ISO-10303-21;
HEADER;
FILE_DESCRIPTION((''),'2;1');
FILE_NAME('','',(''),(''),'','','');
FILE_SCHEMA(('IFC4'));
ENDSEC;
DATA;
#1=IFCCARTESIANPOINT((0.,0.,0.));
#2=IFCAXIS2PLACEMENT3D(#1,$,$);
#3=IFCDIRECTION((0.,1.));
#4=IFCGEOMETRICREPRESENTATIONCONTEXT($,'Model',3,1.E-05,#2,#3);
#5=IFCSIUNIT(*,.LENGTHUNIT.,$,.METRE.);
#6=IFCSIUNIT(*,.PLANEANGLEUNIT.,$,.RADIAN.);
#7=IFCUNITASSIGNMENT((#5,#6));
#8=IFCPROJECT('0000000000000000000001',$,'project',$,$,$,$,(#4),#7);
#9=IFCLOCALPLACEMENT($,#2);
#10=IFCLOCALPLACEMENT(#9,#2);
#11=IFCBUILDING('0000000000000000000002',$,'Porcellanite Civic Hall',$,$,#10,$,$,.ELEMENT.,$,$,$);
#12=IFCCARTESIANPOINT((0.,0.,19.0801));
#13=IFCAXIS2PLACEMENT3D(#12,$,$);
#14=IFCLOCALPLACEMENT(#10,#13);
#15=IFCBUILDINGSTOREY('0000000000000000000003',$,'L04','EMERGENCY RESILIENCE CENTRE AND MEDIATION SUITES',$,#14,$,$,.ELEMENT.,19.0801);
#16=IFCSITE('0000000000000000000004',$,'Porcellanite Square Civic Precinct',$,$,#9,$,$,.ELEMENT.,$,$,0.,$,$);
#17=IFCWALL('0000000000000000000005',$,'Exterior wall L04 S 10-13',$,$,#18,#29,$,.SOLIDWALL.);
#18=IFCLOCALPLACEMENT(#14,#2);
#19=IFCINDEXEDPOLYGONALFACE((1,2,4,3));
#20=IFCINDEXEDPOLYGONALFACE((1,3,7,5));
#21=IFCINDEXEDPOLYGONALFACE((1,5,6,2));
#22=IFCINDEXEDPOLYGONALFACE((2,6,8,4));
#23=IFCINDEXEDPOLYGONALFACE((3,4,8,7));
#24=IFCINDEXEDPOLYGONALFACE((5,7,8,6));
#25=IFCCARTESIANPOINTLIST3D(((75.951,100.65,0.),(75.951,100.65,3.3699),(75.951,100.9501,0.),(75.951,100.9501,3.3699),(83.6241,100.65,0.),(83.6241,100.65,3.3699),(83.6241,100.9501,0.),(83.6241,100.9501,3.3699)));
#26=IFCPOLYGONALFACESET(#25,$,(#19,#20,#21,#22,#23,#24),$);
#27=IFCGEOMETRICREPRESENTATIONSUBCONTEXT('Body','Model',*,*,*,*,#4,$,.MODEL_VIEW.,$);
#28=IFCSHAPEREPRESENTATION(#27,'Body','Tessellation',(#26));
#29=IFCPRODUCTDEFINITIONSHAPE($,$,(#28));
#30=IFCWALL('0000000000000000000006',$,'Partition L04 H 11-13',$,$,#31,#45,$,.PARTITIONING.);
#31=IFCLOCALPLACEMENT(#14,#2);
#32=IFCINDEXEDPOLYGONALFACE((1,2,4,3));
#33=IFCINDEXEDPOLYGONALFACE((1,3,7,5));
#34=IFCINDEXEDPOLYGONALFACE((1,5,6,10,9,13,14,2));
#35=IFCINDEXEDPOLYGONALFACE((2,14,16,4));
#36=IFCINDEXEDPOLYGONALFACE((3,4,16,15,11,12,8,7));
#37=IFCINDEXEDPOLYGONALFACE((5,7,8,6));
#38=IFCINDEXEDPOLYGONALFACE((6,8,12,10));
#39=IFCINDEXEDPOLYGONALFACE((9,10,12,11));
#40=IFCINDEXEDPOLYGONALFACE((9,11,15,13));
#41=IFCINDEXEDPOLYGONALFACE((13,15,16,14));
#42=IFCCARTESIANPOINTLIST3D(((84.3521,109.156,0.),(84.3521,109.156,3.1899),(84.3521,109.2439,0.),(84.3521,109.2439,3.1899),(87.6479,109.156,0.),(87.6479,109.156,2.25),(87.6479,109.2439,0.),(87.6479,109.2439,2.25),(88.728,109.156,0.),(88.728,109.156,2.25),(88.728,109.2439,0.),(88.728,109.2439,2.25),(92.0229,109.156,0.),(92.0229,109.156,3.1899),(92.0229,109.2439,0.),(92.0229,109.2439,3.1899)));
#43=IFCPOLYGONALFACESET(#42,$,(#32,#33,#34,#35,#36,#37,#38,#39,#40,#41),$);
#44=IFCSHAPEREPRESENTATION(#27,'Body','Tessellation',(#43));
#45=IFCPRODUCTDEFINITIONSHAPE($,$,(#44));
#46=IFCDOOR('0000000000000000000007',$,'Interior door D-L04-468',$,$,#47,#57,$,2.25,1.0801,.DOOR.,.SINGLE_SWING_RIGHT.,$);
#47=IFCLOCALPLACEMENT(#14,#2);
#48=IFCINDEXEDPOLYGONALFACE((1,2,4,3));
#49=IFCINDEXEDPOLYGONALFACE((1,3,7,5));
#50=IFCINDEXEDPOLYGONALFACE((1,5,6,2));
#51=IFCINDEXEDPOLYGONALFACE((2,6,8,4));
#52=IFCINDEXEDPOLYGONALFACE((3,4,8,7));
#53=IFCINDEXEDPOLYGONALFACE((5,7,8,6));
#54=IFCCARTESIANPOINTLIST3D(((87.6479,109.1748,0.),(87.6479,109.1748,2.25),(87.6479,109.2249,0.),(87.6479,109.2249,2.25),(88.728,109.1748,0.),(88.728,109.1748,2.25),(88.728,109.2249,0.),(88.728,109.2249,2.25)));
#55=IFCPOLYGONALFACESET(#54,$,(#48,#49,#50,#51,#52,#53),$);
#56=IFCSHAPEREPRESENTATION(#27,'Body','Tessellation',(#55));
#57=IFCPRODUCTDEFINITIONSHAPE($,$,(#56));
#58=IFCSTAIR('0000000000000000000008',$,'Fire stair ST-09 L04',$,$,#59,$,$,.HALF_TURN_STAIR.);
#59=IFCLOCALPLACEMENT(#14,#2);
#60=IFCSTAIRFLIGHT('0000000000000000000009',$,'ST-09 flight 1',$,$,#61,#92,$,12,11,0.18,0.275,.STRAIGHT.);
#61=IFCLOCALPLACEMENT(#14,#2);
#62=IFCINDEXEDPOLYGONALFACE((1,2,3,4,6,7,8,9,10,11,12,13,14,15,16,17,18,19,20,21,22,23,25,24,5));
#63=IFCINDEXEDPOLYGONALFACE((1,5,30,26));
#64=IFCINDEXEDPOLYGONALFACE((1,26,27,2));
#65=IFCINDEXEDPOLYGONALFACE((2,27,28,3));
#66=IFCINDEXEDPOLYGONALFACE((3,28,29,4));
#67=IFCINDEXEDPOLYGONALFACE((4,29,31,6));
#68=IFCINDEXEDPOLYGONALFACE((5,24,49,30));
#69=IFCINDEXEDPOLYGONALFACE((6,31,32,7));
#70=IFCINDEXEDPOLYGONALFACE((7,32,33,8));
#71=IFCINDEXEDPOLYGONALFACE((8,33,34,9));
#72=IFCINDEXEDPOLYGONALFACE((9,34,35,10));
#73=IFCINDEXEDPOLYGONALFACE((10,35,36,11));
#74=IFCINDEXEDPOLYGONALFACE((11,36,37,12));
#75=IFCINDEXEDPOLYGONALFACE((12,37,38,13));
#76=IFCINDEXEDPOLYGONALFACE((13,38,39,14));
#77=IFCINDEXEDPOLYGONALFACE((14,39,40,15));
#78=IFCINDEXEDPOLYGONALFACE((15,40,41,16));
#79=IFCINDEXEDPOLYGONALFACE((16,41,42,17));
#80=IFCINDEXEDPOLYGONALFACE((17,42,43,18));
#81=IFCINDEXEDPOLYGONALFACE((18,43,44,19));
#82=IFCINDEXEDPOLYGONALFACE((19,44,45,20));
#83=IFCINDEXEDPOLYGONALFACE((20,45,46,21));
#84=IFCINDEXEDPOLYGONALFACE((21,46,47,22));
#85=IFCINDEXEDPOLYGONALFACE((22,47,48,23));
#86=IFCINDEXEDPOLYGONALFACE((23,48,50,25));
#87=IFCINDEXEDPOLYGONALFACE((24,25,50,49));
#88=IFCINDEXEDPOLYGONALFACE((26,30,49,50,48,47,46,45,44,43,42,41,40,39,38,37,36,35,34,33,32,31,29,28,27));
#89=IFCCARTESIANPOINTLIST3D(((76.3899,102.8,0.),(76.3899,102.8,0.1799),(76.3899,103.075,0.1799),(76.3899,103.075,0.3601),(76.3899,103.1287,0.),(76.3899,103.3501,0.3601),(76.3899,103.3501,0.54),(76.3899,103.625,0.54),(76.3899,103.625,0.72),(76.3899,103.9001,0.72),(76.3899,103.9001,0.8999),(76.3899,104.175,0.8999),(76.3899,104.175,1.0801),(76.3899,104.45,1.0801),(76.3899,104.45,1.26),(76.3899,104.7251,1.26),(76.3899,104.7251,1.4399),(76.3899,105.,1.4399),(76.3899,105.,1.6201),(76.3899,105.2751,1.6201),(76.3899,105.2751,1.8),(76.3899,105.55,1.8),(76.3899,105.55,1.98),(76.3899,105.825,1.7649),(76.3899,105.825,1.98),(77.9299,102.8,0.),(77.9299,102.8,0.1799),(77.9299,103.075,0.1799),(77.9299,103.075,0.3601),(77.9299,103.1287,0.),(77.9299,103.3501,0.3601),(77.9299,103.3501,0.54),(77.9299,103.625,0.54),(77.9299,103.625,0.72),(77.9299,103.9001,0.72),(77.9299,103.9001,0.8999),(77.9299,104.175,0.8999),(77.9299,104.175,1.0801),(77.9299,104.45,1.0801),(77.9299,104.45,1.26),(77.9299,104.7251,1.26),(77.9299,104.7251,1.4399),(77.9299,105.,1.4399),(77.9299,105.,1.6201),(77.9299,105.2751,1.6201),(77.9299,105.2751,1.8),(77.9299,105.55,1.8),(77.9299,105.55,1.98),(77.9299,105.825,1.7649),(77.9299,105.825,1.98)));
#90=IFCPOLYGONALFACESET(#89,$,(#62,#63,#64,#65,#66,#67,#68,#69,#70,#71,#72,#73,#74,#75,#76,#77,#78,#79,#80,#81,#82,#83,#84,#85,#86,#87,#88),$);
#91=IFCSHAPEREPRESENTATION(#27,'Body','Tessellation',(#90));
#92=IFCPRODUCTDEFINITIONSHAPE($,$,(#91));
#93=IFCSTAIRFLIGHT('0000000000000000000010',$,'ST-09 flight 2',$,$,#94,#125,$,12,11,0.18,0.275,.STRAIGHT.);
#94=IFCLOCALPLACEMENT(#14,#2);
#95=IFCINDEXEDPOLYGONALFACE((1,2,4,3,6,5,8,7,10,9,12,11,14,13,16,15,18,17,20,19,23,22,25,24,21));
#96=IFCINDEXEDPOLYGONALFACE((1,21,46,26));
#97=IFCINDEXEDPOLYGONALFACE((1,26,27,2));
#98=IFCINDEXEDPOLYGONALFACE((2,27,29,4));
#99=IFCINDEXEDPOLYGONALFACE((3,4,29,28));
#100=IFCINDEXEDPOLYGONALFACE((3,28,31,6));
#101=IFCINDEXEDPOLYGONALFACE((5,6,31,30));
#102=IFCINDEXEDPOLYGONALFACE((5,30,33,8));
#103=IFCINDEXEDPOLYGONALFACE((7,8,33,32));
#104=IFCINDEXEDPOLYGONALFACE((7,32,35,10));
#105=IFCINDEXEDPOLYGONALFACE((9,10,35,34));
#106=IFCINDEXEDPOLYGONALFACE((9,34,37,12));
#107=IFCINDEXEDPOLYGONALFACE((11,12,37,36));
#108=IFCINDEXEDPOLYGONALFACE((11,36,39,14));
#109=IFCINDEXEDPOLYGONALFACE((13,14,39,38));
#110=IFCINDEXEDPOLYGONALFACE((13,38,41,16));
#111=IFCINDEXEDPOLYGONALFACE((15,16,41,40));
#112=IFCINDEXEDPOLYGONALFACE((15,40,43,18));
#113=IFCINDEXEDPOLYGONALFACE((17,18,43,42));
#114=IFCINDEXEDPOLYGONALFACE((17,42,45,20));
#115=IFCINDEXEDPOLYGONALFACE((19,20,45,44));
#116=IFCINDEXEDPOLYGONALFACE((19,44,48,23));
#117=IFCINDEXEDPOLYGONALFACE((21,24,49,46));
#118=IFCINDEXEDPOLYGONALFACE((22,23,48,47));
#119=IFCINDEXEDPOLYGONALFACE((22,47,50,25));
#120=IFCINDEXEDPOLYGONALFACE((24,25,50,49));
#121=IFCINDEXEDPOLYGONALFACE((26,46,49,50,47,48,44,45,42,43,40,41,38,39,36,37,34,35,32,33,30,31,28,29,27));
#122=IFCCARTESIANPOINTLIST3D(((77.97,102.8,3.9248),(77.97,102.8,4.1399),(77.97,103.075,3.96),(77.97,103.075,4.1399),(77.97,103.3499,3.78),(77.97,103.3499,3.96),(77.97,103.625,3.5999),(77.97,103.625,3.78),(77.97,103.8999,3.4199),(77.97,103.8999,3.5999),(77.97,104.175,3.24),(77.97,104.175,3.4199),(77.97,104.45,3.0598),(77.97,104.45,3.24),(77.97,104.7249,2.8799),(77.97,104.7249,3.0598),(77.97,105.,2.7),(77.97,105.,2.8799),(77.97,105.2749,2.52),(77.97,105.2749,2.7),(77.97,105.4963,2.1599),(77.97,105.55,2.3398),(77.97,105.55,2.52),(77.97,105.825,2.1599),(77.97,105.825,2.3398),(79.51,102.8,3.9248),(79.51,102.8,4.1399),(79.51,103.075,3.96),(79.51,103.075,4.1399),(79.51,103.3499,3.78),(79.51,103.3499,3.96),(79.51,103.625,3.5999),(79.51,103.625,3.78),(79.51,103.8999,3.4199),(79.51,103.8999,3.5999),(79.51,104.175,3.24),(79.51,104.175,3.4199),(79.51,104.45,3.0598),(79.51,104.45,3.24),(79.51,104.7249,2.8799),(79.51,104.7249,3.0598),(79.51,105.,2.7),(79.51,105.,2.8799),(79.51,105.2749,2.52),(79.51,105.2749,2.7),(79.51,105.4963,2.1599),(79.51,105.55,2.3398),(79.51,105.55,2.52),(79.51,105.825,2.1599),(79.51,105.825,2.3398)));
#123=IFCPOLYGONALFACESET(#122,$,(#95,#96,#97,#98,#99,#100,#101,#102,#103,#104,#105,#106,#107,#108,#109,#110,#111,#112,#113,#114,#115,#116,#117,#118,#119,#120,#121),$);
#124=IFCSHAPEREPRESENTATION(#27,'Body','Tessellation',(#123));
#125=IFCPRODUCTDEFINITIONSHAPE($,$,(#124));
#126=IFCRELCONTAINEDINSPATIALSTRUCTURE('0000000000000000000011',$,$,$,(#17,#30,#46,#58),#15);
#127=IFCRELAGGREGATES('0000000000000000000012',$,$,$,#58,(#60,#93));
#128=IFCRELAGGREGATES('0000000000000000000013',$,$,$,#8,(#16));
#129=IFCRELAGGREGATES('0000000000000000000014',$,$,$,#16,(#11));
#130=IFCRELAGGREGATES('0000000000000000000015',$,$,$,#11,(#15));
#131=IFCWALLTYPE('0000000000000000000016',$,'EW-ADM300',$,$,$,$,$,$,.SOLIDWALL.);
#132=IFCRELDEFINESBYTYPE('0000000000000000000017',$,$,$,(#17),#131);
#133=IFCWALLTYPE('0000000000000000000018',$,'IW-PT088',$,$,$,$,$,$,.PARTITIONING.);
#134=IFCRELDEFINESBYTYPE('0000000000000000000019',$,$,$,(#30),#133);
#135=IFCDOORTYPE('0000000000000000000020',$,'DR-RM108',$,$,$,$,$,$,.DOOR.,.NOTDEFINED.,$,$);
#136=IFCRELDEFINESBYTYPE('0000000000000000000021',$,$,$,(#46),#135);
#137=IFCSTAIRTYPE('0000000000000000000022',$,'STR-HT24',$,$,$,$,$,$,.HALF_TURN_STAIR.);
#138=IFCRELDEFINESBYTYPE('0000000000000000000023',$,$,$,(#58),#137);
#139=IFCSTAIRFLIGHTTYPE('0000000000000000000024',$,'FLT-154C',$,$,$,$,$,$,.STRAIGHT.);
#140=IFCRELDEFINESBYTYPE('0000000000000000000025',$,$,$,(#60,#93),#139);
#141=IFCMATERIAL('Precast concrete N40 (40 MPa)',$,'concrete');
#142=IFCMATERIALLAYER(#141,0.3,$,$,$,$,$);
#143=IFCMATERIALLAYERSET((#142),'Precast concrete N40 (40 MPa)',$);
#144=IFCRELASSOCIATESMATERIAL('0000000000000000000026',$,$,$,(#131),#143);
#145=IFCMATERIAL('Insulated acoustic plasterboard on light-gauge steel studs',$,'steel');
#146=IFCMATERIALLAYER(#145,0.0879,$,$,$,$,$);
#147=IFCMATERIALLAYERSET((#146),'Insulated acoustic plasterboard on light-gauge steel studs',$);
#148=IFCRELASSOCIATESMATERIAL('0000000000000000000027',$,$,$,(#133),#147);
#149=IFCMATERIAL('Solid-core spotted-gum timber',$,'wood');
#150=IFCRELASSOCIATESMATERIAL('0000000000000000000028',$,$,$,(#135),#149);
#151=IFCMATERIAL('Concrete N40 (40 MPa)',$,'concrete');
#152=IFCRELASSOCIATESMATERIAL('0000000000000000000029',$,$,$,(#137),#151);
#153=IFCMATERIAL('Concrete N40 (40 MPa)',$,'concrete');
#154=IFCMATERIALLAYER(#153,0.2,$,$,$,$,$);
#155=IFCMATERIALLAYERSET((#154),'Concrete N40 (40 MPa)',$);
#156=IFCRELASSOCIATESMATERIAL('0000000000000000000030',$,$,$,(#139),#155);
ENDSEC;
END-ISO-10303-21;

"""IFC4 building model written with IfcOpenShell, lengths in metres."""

from ifc_helpers import new_model, si_unit, direction, frame, frame_2d, origin, place, context, subcontext, project, spatial, polyline, rectangle, outline, extrude, material, layer, layer_set, type_object, element, fill, aggregate, save


model = new_model("IFC4")

# Units and contexts
model_context = context("Model", 3, precision=1e-05, world=origin(), true_north=direction((0.0, 1.0)))
body_context = subcontext(model_context, "Body", "Model", "MODEL_VIEW")
ifc_project = project(units=[si_unit("LENGTHUNIT", "METRE"), si_unit("PLANEANGLEUNIT", "RADIAN")], contexts=[model_context])

# Site, building, storey
site_placement = place(None, origin())
site = spatial("IfcSite", under=ifc_project, at=site_placement, Name="Porcellanite Square Civic Precinct", CompositionType="ELEMENT", RefElevation=0.0)
building_placement = place(site_placement, origin())
building = spatial("IfcBuilding", under=site, at=building_placement, Name="Porcellanite Civic Hall", CompositionType="ELEMENT")
storey_placement = place(building_placement, frame((0.0, 0.0, 19.0801)))
storey = spatial("IfcBuildingStorey", under=building, at=storey_placement, Name="L04", Description="EMERGENCY RESILIENCE CENTRE AND MEDIATION SUITES", CompositionType="ELEMENT", Elevation=19.0801)

# Wall
ifc_material_1 = material(Name="Precast concrete N40 (40 MPa)", Category="concrete")
ifc_layer_1 = layer(ifc_material_1, 0.3)
ifc_layer_set_1 = layer_set([ifc_layer_1], Name="Precast concrete N40 (40 MPa)")
wall_type_1 = type_object("IfcWallType", Name="EW-ADM300", PredefinedType="SOLIDWALL", material=ifc_layer_set_1)
wall_1_placement = place(storey_placement, frame((83.624, 100.8, 0.0), z_axis=(0.0, 0.0, 1.0), x_axis=(-1.0, 0.0, 0.0)))
element("IfcWall", 1, at=wall_1_placement, inside=storey, type_object=wall_type_1, Name="Exterior wall L04 S 10-13", PredefinedType="SOLIDWALL", context=body_context, shape_type="SweptSolid", body=[
    extrude(rectangle(XDim=7.6731, YDim=0.3, at=frame_2d((3.8364, 0.0))), origin(), (0.0, 0.0, 1.0), 3.3699),
])

# Wall, opening, door
ifc_material_2 = material(Name="Insulated acoustic plasterboard on light-gauge steel studs", Category="steel")
ifc_layer_2 = layer(ifc_material_2, 0.0879)
ifc_layer_set_2 = layer_set([ifc_layer_2], Name="Insulated acoustic plasterboard on light-gauge steel studs")
wall_type_2 = type_object("IfcWallType", Name="IW-PT088", PredefinedType="PARTITIONING", material=ifc_layer_set_2)
wall_2_placement = place(storey_placement, frame((84.3521, 109.2, 0.0), z_axis=(0.0, 0.0, 1.0), x_axis=(1.0, 0.0, 0.0)))
wall_2 = element("IfcWall", 2, at=wall_2_placement, inside=storey, type_object=wall_type_2, Name="Partition L04 H 11-13", PredefinedType="PARTITIONING", context=body_context, shape_type="SweptSolid", body=[
    extrude(rectangle(XDim=7.6709, YDim=0.0879, at=frame_2d((3.8354, 0.0))), origin(), (0.0, 0.0, 1.0), 3.1899),
])
opening_1_placement = place(wall_2_placement, frame((3.2959, 0.0, 0.0)))
opening_1 = element("IfcOpeningElement", 3, at=opening_1_placement, cuts=wall_2, PredefinedType="OPENING", context=body_context, shape_type="SweptSolid", body=[
    extrude(rectangle(XDim=1.0801, YDim=2.25, at=frame_2d((0.54, 1.125))), frame((0.0, 0.0439, 0.0), z_axis=(0.0, -1.0, 0.0), x_axis=(1.0, 0.0, 0.0)), (0.0, 0.0, 1.0), 0.0879),
])
ifc_material_3 = material(Name="Solid-core spotted-gum timber", Category="wood")
door_type_1 = type_object("IfcDoorType", Name="DR-RM108", OperationType="NOTDEFINED", PredefinedType="DOOR", material=ifc_material_3)
door_1_placement = place(opening_1_placement, origin())
door_1 = element("IfcDoor", 4, at=door_1_placement, inside=storey, type_object=door_type_1, Name="Interior door D-L04-468", OperationType="SINGLE_SWING_RIGHT", OverallHeight=2.25, OverallWidth=1.0801, PredefinedType="DOOR", context=body_context, shape_type="SweptSolid", body=[
    extrude(rectangle(XDim=1.0801, YDim=2.25, at=frame_2d((0.54, 1.125))), frame((0.0, 0.0249, 0.0), z_axis=(0.0, -1.0, 0.0), x_axis=(1.0, 0.0, 0.0)), (0.0, 0.0, 1.0), 0.05),
])
fill(opening_1, door_1)

# Stair, stair flights
ifc_material_4 = material(Name="Concrete N40 (40 MPa)", Category="concrete")
stair_type = type_object("IfcStairType", Name="STR-HT24", PredefinedType="HALF_TURN_STAIR", material=ifc_material_4)
stair_placement = place(storey_placement, origin())
stair = element("IfcStair", 5, at=stair_placement, inside=storey, type_object=stair_type, Name="Fire stair ST-09 L04", PredefinedType="HALF_TURN_STAIR")
ifc_material_5 = material(Name="Concrete N40 (40 MPa)", Category="concrete")
ifc_layer_3 = layer(ifc_material_5, 0.2)
ifc_layer_set_3 = layer_set([ifc_layer_3], Name="Concrete N40 (40 MPa)")
stair_flight_type = type_object("IfcStairFlightType", Name="FLT-154C", PredefinedType="STRAIGHT", material=ifc_layer_set_3)
stair_flight_1_placement = place(storey_placement, frame((77.1599, 102.8, 0.0), z_axis=(0.0, 0.0, 1.0), x_axis=(0.0, 1.0, 0.0)))
stair_flight_1 = element("IfcStairFlight", 6, at=stair_flight_1_placement, type_object=stair_flight_type, Name="ST-09 flight 1", NumberOfRisers=12, NumberOfTreads=11, PredefinedType="STRAIGHT", RiserHeight=0.18, TreadLength=0.275, context=body_context, shape_type="SweptSolid", body=[
    extrude(outline(polyline([(0.0, 0.0), (0.0, 0.1799), (0.2749, 0.1799), (0.2749, 0.3601), (0.55, 0.3601), (0.55, 0.54), (0.825, 0.54), (0.825, 0.72), (1.1001, 0.72), (1.1001, 0.8999), (1.375, 0.8999), (1.375, 1.0801), (1.6499, 1.0801), (1.6499, 1.26), (1.925, 1.26), (1.925, 1.4399), (2.2, 1.4399), (2.2, 1.6201), (2.4751, 1.6201), (2.4751, 1.8), (2.75, 1.8), (2.75, 1.98), (3.0249, 1.98), (3.0249, 2.1599), (3.0249, 1.7649), (0.3286, 0.0), (0.0, 0.0)])), frame((0.0, 0.77, 0.0), z_axis=(0.0, -1.0, 0.0), x_axis=(1.0, 0.0, 0.0)), (0.0, 0.0, 1.0), 1.54),
])
stair_flight_2_placement = place(storey_placement, frame((78.74, 105.825, 2.1599), z_axis=(0.0, 0.0, 1.0), x_axis=(0.0, -1.0, 0.0)))
stair_flight_2 = element("IfcStairFlight", 7, at=stair_flight_2_placement, type_object=stair_flight_type, Name="ST-09 flight 2", NumberOfRisers=12, NumberOfTreads=11, PredefinedType="STRAIGHT", RiserHeight=0.18, TreadLength=0.275, context=body_context, shape_type="SweptSolid", body=[
    extrude(outline(polyline([(0.0, 0.0), (0.0, 0.1799), (0.2749, 0.1799), (0.2749, 0.3601), (0.55, 0.3601), (0.55, 0.54), (0.825, 0.54), (0.825, 0.72), (1.1001, 0.72), (1.1001, 0.8999), (1.375, 0.8999), (1.375, 1.0801), (1.6499, 1.0801), (1.6499, 1.26), (1.925, 1.26), (1.925, 1.4399), (2.2, 1.4399), (2.2, 1.6201), (2.4751, 1.6201), (2.4751, 1.8), (2.75, 1.8), (2.75, 1.98), (3.0249, 1.98), (3.0249, 2.1599), (3.0249, 1.7649), (0.3286, 0.0), (0.0, 0.0)])), frame((0.0, 0.77, 0.0), z_axis=(0.0, -1.0, 0.0), x_axis=(1.0, 0.0, 0.0)), (0.0, 0.0, 1.0), 1.54),
])
aggregate(stair, [stair_flight_1, stair_flight_2])

save(model, "model.ifc")
